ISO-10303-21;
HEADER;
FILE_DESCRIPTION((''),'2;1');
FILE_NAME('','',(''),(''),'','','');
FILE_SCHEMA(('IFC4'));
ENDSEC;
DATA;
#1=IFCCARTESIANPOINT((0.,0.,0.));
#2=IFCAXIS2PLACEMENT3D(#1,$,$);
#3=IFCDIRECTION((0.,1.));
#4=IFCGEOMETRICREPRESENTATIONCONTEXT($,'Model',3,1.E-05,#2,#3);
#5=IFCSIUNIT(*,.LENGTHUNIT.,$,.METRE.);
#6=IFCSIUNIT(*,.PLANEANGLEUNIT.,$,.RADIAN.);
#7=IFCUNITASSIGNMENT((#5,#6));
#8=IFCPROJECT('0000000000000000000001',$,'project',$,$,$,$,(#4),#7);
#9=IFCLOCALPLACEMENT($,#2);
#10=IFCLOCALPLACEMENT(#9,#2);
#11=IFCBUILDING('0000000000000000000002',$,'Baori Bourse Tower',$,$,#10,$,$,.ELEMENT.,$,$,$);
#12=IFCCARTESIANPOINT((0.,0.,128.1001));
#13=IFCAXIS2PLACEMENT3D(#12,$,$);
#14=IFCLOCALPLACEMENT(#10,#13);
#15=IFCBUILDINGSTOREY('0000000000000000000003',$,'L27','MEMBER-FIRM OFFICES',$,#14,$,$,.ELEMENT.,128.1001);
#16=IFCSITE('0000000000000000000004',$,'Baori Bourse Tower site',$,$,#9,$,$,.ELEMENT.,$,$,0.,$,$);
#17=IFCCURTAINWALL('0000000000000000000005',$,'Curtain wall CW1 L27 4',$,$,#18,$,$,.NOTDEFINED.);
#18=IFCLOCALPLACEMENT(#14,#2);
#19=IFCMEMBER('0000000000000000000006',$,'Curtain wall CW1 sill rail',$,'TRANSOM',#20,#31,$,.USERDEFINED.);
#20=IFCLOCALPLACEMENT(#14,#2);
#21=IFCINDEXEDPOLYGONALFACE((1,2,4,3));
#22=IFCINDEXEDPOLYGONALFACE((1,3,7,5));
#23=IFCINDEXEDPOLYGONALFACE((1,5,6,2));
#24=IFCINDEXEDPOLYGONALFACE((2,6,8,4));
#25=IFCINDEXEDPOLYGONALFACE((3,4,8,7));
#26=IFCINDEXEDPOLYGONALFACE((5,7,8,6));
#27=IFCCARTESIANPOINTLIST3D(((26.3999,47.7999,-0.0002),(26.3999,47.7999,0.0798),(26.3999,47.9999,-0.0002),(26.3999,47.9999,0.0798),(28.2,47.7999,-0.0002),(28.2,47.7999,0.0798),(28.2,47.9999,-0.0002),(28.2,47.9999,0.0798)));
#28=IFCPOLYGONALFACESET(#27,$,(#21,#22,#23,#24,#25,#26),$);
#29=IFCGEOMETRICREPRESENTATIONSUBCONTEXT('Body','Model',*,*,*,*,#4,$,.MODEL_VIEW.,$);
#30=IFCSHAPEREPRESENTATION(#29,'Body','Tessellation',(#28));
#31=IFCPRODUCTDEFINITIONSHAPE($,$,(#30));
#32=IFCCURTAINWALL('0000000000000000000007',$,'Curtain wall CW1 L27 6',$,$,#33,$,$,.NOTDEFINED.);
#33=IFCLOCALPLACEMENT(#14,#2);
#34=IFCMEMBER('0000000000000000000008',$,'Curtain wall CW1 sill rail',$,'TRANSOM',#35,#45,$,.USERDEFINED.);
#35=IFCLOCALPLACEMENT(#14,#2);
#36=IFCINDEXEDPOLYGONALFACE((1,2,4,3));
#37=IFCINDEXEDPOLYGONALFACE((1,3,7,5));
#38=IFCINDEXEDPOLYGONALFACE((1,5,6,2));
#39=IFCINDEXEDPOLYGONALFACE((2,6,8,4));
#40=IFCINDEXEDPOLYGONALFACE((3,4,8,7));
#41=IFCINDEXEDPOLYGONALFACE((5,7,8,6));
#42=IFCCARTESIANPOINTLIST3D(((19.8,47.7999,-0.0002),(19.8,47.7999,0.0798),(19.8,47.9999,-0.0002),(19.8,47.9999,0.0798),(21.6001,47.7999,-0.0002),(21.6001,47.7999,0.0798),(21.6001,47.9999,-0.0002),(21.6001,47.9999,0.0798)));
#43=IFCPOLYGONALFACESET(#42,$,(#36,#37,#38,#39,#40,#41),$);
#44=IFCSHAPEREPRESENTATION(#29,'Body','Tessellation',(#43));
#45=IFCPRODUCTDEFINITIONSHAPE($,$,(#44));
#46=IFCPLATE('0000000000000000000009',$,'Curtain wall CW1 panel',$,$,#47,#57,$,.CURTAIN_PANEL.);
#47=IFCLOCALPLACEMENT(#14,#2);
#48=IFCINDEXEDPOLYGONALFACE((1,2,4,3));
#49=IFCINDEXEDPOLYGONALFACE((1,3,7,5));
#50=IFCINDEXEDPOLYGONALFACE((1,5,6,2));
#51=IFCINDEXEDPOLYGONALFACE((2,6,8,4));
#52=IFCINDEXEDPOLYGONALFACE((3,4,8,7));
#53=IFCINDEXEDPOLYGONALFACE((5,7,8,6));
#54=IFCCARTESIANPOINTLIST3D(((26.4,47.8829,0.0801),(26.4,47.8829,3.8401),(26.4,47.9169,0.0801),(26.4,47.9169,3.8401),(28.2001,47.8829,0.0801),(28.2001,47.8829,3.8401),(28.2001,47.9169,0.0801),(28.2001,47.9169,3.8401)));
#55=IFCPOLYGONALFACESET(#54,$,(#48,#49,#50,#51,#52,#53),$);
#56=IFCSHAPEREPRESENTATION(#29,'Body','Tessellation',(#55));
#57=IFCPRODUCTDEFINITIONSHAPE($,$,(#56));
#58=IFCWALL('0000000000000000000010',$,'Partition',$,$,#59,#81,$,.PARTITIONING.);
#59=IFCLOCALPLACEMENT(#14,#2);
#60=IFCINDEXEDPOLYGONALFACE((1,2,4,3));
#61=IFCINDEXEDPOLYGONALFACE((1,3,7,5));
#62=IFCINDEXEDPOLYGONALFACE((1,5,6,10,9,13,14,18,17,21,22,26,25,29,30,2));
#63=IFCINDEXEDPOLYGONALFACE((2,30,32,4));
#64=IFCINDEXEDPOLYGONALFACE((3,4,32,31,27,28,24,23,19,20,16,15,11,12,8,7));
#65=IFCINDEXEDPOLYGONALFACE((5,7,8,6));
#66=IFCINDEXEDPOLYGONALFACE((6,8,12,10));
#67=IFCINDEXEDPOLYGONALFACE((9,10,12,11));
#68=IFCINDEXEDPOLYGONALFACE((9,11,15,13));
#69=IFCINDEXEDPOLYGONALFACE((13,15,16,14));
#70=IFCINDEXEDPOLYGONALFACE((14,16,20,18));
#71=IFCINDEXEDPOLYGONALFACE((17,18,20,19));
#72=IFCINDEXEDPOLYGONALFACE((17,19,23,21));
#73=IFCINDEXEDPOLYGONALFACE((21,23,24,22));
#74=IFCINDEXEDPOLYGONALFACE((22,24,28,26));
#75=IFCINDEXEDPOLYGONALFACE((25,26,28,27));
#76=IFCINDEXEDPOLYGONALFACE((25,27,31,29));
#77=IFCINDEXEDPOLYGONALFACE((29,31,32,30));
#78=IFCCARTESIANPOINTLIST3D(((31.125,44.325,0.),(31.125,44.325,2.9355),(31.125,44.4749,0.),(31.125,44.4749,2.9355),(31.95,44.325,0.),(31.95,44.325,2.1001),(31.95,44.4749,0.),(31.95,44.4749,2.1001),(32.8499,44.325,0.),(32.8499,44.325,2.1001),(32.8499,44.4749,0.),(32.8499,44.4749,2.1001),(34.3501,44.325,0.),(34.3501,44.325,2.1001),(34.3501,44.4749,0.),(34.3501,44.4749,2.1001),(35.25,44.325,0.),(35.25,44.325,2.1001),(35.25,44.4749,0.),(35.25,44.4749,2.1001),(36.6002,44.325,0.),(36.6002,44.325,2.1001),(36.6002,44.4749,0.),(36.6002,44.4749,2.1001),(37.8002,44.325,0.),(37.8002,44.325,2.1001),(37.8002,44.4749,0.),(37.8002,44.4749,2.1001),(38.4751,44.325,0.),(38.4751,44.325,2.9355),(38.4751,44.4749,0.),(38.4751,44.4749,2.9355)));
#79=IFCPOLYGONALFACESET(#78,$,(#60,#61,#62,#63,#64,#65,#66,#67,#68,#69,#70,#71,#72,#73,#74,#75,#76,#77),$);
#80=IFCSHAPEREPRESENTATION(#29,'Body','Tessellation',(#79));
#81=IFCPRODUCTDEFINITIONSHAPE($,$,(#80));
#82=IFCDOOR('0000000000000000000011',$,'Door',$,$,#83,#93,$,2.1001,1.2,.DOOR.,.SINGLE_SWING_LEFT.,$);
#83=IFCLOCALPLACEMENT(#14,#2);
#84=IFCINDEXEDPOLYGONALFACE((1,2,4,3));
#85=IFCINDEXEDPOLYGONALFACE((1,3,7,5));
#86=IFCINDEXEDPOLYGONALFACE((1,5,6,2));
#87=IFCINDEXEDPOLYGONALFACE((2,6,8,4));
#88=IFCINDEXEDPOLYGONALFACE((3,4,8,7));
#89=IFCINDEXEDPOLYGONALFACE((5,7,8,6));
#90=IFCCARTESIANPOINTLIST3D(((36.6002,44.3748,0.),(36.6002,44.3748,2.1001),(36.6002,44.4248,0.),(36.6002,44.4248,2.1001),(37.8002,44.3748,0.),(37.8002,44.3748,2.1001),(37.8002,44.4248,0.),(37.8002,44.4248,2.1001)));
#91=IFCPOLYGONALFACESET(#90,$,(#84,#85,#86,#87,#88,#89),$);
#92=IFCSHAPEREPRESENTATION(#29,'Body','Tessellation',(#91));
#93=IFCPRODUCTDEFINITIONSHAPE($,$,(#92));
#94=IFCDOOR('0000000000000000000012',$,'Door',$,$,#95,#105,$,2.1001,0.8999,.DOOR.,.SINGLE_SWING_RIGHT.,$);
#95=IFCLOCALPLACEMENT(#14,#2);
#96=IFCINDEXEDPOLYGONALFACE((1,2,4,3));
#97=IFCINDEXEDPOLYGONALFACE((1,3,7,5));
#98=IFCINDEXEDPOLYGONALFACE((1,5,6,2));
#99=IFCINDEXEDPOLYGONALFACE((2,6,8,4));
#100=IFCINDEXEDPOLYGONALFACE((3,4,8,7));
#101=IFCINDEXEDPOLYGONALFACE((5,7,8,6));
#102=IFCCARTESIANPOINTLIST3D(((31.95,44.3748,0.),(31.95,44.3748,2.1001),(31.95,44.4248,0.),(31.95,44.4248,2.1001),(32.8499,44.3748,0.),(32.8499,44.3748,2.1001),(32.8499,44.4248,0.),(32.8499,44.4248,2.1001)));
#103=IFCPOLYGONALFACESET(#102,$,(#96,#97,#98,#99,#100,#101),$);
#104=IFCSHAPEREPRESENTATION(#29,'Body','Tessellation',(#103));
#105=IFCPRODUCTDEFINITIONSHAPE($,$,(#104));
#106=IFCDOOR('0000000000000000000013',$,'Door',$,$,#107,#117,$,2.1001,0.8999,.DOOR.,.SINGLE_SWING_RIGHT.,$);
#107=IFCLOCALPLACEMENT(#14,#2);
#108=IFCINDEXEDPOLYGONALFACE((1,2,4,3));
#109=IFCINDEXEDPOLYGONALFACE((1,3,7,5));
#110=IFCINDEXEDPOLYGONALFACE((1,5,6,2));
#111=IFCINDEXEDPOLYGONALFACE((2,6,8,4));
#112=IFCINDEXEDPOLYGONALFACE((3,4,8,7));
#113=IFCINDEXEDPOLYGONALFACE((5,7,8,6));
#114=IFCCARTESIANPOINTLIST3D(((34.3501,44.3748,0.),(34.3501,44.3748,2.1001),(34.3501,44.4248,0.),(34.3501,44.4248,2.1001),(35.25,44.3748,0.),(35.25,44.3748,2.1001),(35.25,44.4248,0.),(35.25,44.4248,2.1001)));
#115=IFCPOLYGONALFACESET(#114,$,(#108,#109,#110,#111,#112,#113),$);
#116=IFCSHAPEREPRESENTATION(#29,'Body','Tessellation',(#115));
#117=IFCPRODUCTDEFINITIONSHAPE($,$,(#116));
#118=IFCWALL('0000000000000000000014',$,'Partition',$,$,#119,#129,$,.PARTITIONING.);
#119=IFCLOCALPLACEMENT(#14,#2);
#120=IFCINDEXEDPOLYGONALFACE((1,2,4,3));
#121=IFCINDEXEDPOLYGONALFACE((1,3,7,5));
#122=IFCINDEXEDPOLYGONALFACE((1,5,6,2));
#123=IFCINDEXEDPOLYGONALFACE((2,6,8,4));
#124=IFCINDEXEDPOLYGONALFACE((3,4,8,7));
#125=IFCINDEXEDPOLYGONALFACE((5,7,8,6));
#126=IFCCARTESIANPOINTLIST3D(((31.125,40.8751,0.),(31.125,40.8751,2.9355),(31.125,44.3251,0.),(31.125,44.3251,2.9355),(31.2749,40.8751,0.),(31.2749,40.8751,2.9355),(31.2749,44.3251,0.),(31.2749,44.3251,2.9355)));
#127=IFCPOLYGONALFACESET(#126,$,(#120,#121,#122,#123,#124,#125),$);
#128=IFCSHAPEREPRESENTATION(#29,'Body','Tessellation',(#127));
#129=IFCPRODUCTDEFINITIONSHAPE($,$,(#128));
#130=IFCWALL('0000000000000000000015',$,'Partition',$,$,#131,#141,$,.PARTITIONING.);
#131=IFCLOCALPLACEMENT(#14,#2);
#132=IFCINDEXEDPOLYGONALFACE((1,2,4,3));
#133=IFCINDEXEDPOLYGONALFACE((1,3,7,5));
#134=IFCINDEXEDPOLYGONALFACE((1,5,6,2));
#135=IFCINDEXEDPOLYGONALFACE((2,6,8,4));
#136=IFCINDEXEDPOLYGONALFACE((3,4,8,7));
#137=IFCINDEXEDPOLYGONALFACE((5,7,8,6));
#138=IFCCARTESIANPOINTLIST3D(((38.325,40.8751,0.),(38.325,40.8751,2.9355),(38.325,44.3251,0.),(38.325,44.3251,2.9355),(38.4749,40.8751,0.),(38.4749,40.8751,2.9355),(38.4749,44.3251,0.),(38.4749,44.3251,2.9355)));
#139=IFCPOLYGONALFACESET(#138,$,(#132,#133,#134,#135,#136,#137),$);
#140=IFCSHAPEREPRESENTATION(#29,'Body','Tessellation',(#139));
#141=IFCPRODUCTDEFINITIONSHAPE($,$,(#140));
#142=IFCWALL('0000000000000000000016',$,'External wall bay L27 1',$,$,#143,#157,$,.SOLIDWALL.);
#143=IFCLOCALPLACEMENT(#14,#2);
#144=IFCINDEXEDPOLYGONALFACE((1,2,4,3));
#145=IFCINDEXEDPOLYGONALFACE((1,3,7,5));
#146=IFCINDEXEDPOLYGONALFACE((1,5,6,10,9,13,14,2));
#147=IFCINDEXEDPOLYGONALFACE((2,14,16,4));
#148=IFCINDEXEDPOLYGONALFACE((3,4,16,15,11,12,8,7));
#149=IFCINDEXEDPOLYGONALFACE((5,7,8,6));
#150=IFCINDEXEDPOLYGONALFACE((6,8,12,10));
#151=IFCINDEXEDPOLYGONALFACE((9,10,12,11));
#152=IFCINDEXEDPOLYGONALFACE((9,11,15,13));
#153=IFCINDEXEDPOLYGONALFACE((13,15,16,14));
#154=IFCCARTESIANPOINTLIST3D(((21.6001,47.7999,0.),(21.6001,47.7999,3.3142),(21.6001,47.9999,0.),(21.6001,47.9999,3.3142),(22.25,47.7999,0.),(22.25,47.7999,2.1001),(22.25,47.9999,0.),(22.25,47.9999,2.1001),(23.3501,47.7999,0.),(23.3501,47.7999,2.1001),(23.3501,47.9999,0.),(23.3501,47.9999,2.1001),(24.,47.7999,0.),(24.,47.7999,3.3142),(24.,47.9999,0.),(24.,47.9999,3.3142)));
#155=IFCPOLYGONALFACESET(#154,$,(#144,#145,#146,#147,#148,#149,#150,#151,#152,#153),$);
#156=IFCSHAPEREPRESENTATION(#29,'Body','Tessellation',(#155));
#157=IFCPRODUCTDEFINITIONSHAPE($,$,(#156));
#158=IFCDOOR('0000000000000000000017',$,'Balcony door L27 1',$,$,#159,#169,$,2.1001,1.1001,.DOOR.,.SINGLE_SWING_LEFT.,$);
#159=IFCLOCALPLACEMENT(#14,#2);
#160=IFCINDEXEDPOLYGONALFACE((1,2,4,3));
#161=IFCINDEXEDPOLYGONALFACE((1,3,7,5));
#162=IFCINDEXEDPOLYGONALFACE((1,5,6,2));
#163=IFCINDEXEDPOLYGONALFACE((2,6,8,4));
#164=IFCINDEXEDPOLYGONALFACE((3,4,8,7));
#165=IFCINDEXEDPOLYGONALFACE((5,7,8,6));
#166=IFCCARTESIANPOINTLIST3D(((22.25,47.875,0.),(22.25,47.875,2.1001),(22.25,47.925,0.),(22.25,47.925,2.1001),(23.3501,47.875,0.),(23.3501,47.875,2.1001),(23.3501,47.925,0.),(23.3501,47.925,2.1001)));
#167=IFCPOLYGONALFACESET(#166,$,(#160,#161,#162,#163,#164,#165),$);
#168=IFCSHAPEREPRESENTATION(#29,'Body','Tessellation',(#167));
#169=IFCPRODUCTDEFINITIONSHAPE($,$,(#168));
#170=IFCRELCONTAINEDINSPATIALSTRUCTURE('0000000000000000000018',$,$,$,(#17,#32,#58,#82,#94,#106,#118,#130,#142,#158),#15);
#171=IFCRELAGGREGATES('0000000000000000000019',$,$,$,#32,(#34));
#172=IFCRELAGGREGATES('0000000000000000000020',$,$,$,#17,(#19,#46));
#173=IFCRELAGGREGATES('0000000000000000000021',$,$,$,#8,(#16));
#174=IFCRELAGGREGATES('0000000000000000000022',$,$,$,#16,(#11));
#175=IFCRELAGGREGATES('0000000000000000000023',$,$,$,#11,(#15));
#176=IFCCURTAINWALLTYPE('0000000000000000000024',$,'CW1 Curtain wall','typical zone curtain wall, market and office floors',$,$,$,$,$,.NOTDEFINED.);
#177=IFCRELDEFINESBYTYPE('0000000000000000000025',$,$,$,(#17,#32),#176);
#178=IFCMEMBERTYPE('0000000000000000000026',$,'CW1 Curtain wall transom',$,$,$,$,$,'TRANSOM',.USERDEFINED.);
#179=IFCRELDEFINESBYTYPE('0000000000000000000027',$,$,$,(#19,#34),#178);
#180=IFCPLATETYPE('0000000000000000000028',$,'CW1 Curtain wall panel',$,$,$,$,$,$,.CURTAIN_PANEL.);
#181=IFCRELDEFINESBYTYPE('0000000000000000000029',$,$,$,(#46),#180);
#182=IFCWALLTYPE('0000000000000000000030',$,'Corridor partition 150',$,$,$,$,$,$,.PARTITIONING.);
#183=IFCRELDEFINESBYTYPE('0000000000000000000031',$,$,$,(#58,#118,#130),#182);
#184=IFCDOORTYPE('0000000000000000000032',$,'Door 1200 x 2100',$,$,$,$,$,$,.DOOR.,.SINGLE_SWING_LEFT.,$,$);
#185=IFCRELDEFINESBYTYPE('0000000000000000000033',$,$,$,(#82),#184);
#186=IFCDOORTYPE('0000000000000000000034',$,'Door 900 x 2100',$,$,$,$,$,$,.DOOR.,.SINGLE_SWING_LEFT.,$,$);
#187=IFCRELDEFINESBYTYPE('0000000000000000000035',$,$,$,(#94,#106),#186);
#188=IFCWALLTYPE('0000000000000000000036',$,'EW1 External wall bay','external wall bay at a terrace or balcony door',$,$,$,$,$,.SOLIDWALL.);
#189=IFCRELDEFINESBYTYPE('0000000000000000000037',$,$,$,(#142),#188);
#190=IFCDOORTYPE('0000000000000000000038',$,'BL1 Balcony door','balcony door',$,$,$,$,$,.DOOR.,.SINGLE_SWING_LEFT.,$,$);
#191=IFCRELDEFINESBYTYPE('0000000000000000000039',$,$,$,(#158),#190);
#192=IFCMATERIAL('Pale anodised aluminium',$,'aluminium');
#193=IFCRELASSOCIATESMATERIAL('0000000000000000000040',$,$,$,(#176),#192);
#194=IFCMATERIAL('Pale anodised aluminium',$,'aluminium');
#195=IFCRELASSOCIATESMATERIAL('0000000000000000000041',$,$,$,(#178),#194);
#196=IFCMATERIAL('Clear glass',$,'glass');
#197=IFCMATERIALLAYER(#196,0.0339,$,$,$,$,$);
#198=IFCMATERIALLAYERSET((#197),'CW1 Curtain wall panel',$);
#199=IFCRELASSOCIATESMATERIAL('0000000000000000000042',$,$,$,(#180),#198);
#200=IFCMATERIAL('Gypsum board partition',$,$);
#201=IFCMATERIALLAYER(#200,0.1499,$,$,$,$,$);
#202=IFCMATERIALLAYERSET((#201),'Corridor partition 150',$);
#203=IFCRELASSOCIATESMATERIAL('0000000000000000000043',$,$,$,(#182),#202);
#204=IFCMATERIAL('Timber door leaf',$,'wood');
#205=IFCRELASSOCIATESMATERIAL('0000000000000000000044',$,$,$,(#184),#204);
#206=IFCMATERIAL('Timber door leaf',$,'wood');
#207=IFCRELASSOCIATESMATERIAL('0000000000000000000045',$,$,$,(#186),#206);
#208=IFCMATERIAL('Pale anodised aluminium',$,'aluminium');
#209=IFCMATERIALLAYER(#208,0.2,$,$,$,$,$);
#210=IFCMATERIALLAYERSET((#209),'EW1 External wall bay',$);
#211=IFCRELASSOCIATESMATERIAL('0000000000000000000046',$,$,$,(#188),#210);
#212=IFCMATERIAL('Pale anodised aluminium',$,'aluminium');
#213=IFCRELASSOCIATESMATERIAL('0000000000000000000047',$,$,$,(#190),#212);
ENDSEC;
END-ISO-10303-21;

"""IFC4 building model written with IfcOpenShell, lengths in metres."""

from ifc_helpers import new_model, si_unit, direction, frame, frame_2d, origin, origin_2d, place, context, subcontext, project, spatial, rectangle, extrude, material, layer, layer_set, material_profile, profile_set, type_object, element, fill, aggregate, save


model = new_model("IFC4")

# Units and contexts
model_context = context("Model", 3, precision=1e-05, world=origin(), true_north=direction((0.0, 1.0)))
body_context = subcontext(model_context, "Body", "Model", "MODEL_VIEW")
ifc_project = project(units=[si_unit("LENGTHUNIT", "METRE"), si_unit("PLANEANGLEUNIT", "RADIAN")], contexts=[model_context])

# Site, building, storey
site_placement = place(None, origin())
site = spatial("IfcSite", under=ifc_project, at=site_placement, Name="Baori Bourse Tower site", CompositionType="ELEMENT", RefElevation=0.0)
building_placement = place(site_placement, origin())
building = spatial("IfcBuilding", under=site, at=building_placement, Name="Baori Bourse Tower", CompositionType="ELEMENT")
storey_placement = place(building_placement, frame((0.0, 0.0, 128.1001)))
storey = spatial("IfcBuildingStorey", under=building, at=storey_placement, Name="L27", Description="MEMBER-FIRM OFFICES", CompositionType="ELEMENT", Elevation=128.1001)

# Curtain walls, members
ifc_material_1 = material(Name="Pale anodised aluminium", Category="aluminium")
curtain_wall_type = type_object("IfcCurtainWallType", Name="CW1 Curtain wall", Description="typical zone curtain wall, market and office floors", PredefinedType="NOTDEFINED", material=ifc_material_1)
curtain_wall_1_placement = place(storey_placement, origin())
curtain_wall_1 = element("IfcCurtainWall", 1, at=curtain_wall_1_placement, inside=storey, type_object=curtain_wall_type, Name="Curtain wall CW1 L27 4", PredefinedType="NOTDEFINED")
ifc_material_2 = material(Name="Pale anodised aluminium", Category="aluminium")
ifc_material_profile = material_profile(ifc_material_2, rectangle(XDim=0.2, YDim=0.0801, at=origin_2d()), Name="Transom 80x200")
ifc_profile_set = profile_set([ifc_material_profile], Name="Pale anodised aluminium")
member_type = type_object("IfcMemberType", Name="CW1 Curtain wall transom", ElementType="TRANSOM", PredefinedType="USERDEFINED", material=ifc_profile_set)
member_1_placement = place(storey_placement, frame((28.2, 47.8999, 0.0398), z_axis=(-1.0, 0.0, 0.0), x_axis=(0.0, -1.0, 0.0)))
member_1 = element("IfcMember", 2, at=member_1_placement, type_object=member_type, Name="Curtain wall CW1 sill rail", ObjectType="TRANSOM", PredefinedType="USERDEFINED", context=body_context, shape_type="SweptSolid", body=[
    extrude(rectangle(XDim=0.2, YDim=0.0801, at=origin_2d()), origin(), (0.0, 0.0, 1.0), 1.8),
])
curtain_wall_2_placement = place(storey_placement, origin())
curtain_wall_2 = element("IfcCurtainWall", 3, at=curtain_wall_2_placement, inside=storey, type_object=curtain_wall_type, Name="Curtain wall CW1 L27 6", PredefinedType="NOTDEFINED")
member_2_placement = place(storey_placement, frame((21.6001, 47.8999, 0.0398), z_axis=(-1.0, 0.0, 0.0), x_axis=(0.0, -1.0, 0.0)))
member_2 = element("IfcMember", 4, at=member_2_placement, type_object=member_type, Name="Curtain wall CW1 sill rail", ObjectType="TRANSOM", PredefinedType="USERDEFINED", context=body_context, shape_type="SweptSolid", body=[
    extrude(rectangle(XDim=0.2, YDim=0.0801, at=origin_2d()), origin(), (0.0, 0.0, 1.0), 1.8),
])
aggregate(curtain_wall_2, [member_2])

# Plate
ifc_material_3 = material(Name="Clear glass", Category="glass")
ifc_layer_1 = layer(ifc_material_3, 0.0339)
ifc_layer_set_1 = layer_set([ifc_layer_1], Name="CW1 Curtain wall panel")
plate_type = type_object("IfcPlateType", Name="CW1 Curtain wall panel", PredefinedType="CURTAIN_PANEL", material=ifc_layer_set_1)
plate_placement = place(storey_placement, frame((27.3, 47.8999, 0.0801), z_axis=(0.0, 0.0, 1.0), x_axis=(-1.0, 0.0, 0.0)))
plate = element("IfcPlate", 5, at=plate_placement, type_object=plate_type, Name="Curtain wall CW1 panel", PredefinedType="CURTAIN_PANEL", context=body_context, shape_type="SweptSolid", body=[
    extrude(rectangle(XDim=1.8, YDim=0.0339, at=origin_2d()), origin(), (0.0, 0.0, 1.0), 3.76),
])
aggregate(curtain_wall_1, [member_1, plate])

# Wall, openings, doors
ifc_material_4 = material(Name="Gypsum board partition")
ifc_layer_2 = layer(ifc_material_4, 0.1499)
ifc_layer_set_2 = layer_set([ifc_layer_2], Name="Corridor partition 150")
wall_type_1 = type_object("IfcWallType", Name="Corridor partition 150", PredefinedType="PARTITIONING", material=ifc_layer_set_2)
wall_1_placement = place(storey_placement, frame((31.125, 44.3999, 0.0), z_axis=(0.0, 0.0, 1.0), x_axis=(1.0, 0.0, 0.0)))
wall_1 = element("IfcWall", 6, at=wall_1_placement, inside=storey, type_object=wall_type_1, Name="Partition", PredefinedType="PARTITIONING", context=body_context, shape_type="SweptSolid", body=[
    extrude(rectangle(XDim=7.3501, YDim=0.1499, at=frame_2d((3.675, 0.0))), origin(), (0.0, 0.0, 1.0), 2.9355),
])
opening_1_placement = place(wall_1_placement, frame((0.825, 0.0, 0.0)))
opening_1 = element("IfcOpeningElement", 7, at=opening_1_placement, cuts=wall_1, PredefinedType="OPENING", context=body_context, shape_type="SweptSolid", body=[
    extrude(rectangle(XDim=0.8999, YDim=2.1001, at=frame_2d((0.45, 1.05))), frame((0.0, 0.085, 0.0), z_axis=(0.0, -1.0, 0.0), x_axis=(1.0, 0.0, 0.0)), (0.0, 0.0, 1.0), 0.1699),
])
opening_2_placement = place(wall_1_placement, frame((3.2251, 0.0, 0.0)))
opening_2 = element("IfcOpeningElement", 8, at=opening_2_placement, cuts=wall_1, PredefinedType="OPENING", context=body_context, shape_type="SweptSolid", body=[
    extrude(rectangle(XDim=0.8999, YDim=2.1001, at=frame_2d((0.45, 1.05))), frame((0.0, 0.085, 0.0), z_axis=(0.0, -1.0, 0.0), x_axis=(1.0, 0.0, 0.0)), (0.0, 0.0, 1.0), 0.1699),
])
opening_3_placement = place(wall_1_placement, frame((5.4751, 0.0, 0.0)))
opening_3 = element("IfcOpeningElement", 9, at=opening_3_placement, cuts=wall_1, PredefinedType="OPENING", context=body_context, shape_type="SweptSolid", body=[
    extrude(rectangle(XDim=1.2, YDim=2.1001, at=frame_2d((0.6001, 1.05))), frame((0.0, 0.085, 0.0), z_axis=(0.0, -1.0, 0.0), x_axis=(1.0, 0.0, 0.0)), (0.0, 0.0, 1.0), 0.1699),
])
ifc_material_5 = material(Name="Timber door leaf", Category="wood")
door_type_1 = type_object("IfcDoorType", Name="Door 1200 x 2100", OperationType="SINGLE_SWING_LEFT", PredefinedType="DOOR", material=ifc_material_5)
door_1_placement = place(opening_3_placement, origin())
door_1 = element("IfcDoor", 10, at=door_1_placement, inside=storey, type_object=door_type_1, Name="Door", OperationType="SINGLE_SWING_LEFT", OverallHeight=2.1001, OverallWidth=1.2, PredefinedType="DOOR", context=body_context, shape_type="SweptSolid", body=[
    extrude(rectangle(XDim=1.2, YDim=2.1001, at=frame_2d((0.6001, 1.05))), frame((0.0, 0.0249, 0.0), z_axis=(0.0, -1.0, 0.0), x_axis=(1.0, 0.0, 0.0)), (0.0, 0.0, 1.0), 0.05),
])
fill(opening_3, door_1)
ifc_material_6 = material(Name="Timber door leaf", Category="wood")
door_type_2 = type_object("IfcDoorType", Name="Door 900 x 2100", OperationType="SINGLE_SWING_LEFT", PredefinedType="DOOR", material=ifc_material_6)
door_2_placement = place(opening_1_placement, origin())
door_2 = element("IfcDoor", 11, at=door_2_placement, inside=storey, type_object=door_type_2, Name="Door", OperationType="SINGLE_SWING_RIGHT", OverallHeight=2.1001, OverallWidth=0.8999, PredefinedType="DOOR", context=body_context, shape_type="SweptSolid", body=[
    extrude(rectangle(XDim=0.8999, YDim=2.1001, at=frame_2d((0.45, 1.05))), frame((0.0, 0.0249, 0.0), z_axis=(0.0, -1.0, 0.0), x_axis=(1.0, 0.0, 0.0)), (0.0, 0.0, 1.0), 0.05),
])
fill(opening_1, door_2)
door_3_placement = place(opening_2_placement, origin())
door_3 = element("IfcDoor", 12, at=door_3_placement, inside=storey, type_object=door_type_2, Name="Door", OperationType="SINGLE_SWING_RIGHT", OverallHeight=2.1001, OverallWidth=0.8999, PredefinedType="DOOR", context=body_context, shape_type="SweptSolid", body=[
    extrude(rectangle(XDim=0.8999, YDim=2.1001, at=frame_2d((0.45, 1.05))), frame((0.0, 0.0249, 0.0), z_axis=(0.0, -1.0, 0.0), x_axis=(1.0, 0.0, 0.0)), (0.0, 0.0, 1.0), 0.05),
])
fill(opening_2, door_3)

# Walls
for number, where, z_axis, x_axis, name in (
    (13, (31.2, 40.875, 0.0), (0.0, 0.0, 1.0), (0.0, 1.0, 0.0), "Partition"),
    (14, (38.3999, 40.875, 0.0), (0.0, 0.0, 1.0), (0.0, 1.0, 0.0), "Partition"),
):
    element("IfcWall", number, at=place(storey_placement, frame(where, z_axis=z_axis, x_axis=x_axis)), inside=storey, type_object=wall_type_1, Name=name, PredefinedType="PARTITIONING", context=body_context, shape_type="SweptSolid", body=[
        extrude(rectangle(XDim=3.45, YDim=0.1499, at=frame_2d((1.7251, 0.0))), origin(), (0.0, 0.0, 1.0), 2.9355),
    ])

# Wall, opening, door
ifc_material_7 = material(Name="Pale anodised aluminium", Category="aluminium")
ifc_layer_3 = layer(ifc_material_7, 0.2)
ifc_layer_set_3 = layer_set([ifc_layer_3], Name="EW1 External wall bay")
wall_type_2 = type_object("IfcWallType", Name="EW1 External wall bay", Description="external wall bay at a terrace or balcony door", PredefinedType="SOLIDWALL", material=ifc_layer_set_3)
wall_2_placement = place(storey_placement, frame((24.0, 47.8999, 0.0), z_axis=(0.0, 0.0, 1.0), x_axis=(-1.0, 0.0, 0.0)))
wall_2 = element("IfcWall", 15, at=wall_2_placement, inside=storey, type_object=wall_type_2, Name="External wall bay L27 1", PredefinedType="SOLIDWALL", context=body_context, shape_type="SweptSolid", body=[
    extrude(rectangle(XDim=2.3999, YDim=0.2, at=frame_2d((1.2, 0.0))), origin(), (0.0, 0.0, 1.0), 3.3142),
])
opening_4_placement = place(wall_2_placement, frame((0.6499, 0.0, 0.0)))
opening_4 = element("IfcOpeningElement", 16, at=opening_4_placement, cuts=wall_2, PredefinedType="OPENING", context=body_context, shape_type="SweptSolid", body=[
    extrude(rectangle(XDim=1.1001, YDim=2.1001, at=frame_2d((0.55, 1.05))), frame((0.0, 0.1099, 0.0), z_axis=(0.0, -1.0, 0.0), x_axis=(1.0, 0.0, 0.0)), (0.0, 0.0, 1.0), 0.22),
])
ifc_material_8 = material(Name="Pale anodised aluminium", Category="aluminium")
door_type_3 = type_object("IfcDoorType", Name="BL1 Balcony door", Description="balcony door", OperationType="SINGLE_SWING_LEFT", PredefinedType="DOOR", material=ifc_material_8)
door_4_placement = place(opening_4_placement, origin())
door_4 = element("IfcDoor", 17, at=door_4_placement, inside=storey, type_object=door_type_3, Name="Balcony door L27 1", OperationType="SINGLE_SWING_LEFT", OverallHeight=2.1001, OverallWidth=1.1001, PredefinedType="DOOR", context=body_context, shape_type="SweptSolid", body=[
    extrude(rectangle(XDim=1.1001, YDim=2.1001, at=frame_2d((0.55, 1.05))), frame((0.0, 0.0249, 0.0), z_axis=(0.0, -1.0, 0.0), x_axis=(1.0, 0.0, 0.0)), (0.0, 0.0, 1.0), 0.05),
])
fill(opening_4, door_4)

save(model, "model.ifc")
